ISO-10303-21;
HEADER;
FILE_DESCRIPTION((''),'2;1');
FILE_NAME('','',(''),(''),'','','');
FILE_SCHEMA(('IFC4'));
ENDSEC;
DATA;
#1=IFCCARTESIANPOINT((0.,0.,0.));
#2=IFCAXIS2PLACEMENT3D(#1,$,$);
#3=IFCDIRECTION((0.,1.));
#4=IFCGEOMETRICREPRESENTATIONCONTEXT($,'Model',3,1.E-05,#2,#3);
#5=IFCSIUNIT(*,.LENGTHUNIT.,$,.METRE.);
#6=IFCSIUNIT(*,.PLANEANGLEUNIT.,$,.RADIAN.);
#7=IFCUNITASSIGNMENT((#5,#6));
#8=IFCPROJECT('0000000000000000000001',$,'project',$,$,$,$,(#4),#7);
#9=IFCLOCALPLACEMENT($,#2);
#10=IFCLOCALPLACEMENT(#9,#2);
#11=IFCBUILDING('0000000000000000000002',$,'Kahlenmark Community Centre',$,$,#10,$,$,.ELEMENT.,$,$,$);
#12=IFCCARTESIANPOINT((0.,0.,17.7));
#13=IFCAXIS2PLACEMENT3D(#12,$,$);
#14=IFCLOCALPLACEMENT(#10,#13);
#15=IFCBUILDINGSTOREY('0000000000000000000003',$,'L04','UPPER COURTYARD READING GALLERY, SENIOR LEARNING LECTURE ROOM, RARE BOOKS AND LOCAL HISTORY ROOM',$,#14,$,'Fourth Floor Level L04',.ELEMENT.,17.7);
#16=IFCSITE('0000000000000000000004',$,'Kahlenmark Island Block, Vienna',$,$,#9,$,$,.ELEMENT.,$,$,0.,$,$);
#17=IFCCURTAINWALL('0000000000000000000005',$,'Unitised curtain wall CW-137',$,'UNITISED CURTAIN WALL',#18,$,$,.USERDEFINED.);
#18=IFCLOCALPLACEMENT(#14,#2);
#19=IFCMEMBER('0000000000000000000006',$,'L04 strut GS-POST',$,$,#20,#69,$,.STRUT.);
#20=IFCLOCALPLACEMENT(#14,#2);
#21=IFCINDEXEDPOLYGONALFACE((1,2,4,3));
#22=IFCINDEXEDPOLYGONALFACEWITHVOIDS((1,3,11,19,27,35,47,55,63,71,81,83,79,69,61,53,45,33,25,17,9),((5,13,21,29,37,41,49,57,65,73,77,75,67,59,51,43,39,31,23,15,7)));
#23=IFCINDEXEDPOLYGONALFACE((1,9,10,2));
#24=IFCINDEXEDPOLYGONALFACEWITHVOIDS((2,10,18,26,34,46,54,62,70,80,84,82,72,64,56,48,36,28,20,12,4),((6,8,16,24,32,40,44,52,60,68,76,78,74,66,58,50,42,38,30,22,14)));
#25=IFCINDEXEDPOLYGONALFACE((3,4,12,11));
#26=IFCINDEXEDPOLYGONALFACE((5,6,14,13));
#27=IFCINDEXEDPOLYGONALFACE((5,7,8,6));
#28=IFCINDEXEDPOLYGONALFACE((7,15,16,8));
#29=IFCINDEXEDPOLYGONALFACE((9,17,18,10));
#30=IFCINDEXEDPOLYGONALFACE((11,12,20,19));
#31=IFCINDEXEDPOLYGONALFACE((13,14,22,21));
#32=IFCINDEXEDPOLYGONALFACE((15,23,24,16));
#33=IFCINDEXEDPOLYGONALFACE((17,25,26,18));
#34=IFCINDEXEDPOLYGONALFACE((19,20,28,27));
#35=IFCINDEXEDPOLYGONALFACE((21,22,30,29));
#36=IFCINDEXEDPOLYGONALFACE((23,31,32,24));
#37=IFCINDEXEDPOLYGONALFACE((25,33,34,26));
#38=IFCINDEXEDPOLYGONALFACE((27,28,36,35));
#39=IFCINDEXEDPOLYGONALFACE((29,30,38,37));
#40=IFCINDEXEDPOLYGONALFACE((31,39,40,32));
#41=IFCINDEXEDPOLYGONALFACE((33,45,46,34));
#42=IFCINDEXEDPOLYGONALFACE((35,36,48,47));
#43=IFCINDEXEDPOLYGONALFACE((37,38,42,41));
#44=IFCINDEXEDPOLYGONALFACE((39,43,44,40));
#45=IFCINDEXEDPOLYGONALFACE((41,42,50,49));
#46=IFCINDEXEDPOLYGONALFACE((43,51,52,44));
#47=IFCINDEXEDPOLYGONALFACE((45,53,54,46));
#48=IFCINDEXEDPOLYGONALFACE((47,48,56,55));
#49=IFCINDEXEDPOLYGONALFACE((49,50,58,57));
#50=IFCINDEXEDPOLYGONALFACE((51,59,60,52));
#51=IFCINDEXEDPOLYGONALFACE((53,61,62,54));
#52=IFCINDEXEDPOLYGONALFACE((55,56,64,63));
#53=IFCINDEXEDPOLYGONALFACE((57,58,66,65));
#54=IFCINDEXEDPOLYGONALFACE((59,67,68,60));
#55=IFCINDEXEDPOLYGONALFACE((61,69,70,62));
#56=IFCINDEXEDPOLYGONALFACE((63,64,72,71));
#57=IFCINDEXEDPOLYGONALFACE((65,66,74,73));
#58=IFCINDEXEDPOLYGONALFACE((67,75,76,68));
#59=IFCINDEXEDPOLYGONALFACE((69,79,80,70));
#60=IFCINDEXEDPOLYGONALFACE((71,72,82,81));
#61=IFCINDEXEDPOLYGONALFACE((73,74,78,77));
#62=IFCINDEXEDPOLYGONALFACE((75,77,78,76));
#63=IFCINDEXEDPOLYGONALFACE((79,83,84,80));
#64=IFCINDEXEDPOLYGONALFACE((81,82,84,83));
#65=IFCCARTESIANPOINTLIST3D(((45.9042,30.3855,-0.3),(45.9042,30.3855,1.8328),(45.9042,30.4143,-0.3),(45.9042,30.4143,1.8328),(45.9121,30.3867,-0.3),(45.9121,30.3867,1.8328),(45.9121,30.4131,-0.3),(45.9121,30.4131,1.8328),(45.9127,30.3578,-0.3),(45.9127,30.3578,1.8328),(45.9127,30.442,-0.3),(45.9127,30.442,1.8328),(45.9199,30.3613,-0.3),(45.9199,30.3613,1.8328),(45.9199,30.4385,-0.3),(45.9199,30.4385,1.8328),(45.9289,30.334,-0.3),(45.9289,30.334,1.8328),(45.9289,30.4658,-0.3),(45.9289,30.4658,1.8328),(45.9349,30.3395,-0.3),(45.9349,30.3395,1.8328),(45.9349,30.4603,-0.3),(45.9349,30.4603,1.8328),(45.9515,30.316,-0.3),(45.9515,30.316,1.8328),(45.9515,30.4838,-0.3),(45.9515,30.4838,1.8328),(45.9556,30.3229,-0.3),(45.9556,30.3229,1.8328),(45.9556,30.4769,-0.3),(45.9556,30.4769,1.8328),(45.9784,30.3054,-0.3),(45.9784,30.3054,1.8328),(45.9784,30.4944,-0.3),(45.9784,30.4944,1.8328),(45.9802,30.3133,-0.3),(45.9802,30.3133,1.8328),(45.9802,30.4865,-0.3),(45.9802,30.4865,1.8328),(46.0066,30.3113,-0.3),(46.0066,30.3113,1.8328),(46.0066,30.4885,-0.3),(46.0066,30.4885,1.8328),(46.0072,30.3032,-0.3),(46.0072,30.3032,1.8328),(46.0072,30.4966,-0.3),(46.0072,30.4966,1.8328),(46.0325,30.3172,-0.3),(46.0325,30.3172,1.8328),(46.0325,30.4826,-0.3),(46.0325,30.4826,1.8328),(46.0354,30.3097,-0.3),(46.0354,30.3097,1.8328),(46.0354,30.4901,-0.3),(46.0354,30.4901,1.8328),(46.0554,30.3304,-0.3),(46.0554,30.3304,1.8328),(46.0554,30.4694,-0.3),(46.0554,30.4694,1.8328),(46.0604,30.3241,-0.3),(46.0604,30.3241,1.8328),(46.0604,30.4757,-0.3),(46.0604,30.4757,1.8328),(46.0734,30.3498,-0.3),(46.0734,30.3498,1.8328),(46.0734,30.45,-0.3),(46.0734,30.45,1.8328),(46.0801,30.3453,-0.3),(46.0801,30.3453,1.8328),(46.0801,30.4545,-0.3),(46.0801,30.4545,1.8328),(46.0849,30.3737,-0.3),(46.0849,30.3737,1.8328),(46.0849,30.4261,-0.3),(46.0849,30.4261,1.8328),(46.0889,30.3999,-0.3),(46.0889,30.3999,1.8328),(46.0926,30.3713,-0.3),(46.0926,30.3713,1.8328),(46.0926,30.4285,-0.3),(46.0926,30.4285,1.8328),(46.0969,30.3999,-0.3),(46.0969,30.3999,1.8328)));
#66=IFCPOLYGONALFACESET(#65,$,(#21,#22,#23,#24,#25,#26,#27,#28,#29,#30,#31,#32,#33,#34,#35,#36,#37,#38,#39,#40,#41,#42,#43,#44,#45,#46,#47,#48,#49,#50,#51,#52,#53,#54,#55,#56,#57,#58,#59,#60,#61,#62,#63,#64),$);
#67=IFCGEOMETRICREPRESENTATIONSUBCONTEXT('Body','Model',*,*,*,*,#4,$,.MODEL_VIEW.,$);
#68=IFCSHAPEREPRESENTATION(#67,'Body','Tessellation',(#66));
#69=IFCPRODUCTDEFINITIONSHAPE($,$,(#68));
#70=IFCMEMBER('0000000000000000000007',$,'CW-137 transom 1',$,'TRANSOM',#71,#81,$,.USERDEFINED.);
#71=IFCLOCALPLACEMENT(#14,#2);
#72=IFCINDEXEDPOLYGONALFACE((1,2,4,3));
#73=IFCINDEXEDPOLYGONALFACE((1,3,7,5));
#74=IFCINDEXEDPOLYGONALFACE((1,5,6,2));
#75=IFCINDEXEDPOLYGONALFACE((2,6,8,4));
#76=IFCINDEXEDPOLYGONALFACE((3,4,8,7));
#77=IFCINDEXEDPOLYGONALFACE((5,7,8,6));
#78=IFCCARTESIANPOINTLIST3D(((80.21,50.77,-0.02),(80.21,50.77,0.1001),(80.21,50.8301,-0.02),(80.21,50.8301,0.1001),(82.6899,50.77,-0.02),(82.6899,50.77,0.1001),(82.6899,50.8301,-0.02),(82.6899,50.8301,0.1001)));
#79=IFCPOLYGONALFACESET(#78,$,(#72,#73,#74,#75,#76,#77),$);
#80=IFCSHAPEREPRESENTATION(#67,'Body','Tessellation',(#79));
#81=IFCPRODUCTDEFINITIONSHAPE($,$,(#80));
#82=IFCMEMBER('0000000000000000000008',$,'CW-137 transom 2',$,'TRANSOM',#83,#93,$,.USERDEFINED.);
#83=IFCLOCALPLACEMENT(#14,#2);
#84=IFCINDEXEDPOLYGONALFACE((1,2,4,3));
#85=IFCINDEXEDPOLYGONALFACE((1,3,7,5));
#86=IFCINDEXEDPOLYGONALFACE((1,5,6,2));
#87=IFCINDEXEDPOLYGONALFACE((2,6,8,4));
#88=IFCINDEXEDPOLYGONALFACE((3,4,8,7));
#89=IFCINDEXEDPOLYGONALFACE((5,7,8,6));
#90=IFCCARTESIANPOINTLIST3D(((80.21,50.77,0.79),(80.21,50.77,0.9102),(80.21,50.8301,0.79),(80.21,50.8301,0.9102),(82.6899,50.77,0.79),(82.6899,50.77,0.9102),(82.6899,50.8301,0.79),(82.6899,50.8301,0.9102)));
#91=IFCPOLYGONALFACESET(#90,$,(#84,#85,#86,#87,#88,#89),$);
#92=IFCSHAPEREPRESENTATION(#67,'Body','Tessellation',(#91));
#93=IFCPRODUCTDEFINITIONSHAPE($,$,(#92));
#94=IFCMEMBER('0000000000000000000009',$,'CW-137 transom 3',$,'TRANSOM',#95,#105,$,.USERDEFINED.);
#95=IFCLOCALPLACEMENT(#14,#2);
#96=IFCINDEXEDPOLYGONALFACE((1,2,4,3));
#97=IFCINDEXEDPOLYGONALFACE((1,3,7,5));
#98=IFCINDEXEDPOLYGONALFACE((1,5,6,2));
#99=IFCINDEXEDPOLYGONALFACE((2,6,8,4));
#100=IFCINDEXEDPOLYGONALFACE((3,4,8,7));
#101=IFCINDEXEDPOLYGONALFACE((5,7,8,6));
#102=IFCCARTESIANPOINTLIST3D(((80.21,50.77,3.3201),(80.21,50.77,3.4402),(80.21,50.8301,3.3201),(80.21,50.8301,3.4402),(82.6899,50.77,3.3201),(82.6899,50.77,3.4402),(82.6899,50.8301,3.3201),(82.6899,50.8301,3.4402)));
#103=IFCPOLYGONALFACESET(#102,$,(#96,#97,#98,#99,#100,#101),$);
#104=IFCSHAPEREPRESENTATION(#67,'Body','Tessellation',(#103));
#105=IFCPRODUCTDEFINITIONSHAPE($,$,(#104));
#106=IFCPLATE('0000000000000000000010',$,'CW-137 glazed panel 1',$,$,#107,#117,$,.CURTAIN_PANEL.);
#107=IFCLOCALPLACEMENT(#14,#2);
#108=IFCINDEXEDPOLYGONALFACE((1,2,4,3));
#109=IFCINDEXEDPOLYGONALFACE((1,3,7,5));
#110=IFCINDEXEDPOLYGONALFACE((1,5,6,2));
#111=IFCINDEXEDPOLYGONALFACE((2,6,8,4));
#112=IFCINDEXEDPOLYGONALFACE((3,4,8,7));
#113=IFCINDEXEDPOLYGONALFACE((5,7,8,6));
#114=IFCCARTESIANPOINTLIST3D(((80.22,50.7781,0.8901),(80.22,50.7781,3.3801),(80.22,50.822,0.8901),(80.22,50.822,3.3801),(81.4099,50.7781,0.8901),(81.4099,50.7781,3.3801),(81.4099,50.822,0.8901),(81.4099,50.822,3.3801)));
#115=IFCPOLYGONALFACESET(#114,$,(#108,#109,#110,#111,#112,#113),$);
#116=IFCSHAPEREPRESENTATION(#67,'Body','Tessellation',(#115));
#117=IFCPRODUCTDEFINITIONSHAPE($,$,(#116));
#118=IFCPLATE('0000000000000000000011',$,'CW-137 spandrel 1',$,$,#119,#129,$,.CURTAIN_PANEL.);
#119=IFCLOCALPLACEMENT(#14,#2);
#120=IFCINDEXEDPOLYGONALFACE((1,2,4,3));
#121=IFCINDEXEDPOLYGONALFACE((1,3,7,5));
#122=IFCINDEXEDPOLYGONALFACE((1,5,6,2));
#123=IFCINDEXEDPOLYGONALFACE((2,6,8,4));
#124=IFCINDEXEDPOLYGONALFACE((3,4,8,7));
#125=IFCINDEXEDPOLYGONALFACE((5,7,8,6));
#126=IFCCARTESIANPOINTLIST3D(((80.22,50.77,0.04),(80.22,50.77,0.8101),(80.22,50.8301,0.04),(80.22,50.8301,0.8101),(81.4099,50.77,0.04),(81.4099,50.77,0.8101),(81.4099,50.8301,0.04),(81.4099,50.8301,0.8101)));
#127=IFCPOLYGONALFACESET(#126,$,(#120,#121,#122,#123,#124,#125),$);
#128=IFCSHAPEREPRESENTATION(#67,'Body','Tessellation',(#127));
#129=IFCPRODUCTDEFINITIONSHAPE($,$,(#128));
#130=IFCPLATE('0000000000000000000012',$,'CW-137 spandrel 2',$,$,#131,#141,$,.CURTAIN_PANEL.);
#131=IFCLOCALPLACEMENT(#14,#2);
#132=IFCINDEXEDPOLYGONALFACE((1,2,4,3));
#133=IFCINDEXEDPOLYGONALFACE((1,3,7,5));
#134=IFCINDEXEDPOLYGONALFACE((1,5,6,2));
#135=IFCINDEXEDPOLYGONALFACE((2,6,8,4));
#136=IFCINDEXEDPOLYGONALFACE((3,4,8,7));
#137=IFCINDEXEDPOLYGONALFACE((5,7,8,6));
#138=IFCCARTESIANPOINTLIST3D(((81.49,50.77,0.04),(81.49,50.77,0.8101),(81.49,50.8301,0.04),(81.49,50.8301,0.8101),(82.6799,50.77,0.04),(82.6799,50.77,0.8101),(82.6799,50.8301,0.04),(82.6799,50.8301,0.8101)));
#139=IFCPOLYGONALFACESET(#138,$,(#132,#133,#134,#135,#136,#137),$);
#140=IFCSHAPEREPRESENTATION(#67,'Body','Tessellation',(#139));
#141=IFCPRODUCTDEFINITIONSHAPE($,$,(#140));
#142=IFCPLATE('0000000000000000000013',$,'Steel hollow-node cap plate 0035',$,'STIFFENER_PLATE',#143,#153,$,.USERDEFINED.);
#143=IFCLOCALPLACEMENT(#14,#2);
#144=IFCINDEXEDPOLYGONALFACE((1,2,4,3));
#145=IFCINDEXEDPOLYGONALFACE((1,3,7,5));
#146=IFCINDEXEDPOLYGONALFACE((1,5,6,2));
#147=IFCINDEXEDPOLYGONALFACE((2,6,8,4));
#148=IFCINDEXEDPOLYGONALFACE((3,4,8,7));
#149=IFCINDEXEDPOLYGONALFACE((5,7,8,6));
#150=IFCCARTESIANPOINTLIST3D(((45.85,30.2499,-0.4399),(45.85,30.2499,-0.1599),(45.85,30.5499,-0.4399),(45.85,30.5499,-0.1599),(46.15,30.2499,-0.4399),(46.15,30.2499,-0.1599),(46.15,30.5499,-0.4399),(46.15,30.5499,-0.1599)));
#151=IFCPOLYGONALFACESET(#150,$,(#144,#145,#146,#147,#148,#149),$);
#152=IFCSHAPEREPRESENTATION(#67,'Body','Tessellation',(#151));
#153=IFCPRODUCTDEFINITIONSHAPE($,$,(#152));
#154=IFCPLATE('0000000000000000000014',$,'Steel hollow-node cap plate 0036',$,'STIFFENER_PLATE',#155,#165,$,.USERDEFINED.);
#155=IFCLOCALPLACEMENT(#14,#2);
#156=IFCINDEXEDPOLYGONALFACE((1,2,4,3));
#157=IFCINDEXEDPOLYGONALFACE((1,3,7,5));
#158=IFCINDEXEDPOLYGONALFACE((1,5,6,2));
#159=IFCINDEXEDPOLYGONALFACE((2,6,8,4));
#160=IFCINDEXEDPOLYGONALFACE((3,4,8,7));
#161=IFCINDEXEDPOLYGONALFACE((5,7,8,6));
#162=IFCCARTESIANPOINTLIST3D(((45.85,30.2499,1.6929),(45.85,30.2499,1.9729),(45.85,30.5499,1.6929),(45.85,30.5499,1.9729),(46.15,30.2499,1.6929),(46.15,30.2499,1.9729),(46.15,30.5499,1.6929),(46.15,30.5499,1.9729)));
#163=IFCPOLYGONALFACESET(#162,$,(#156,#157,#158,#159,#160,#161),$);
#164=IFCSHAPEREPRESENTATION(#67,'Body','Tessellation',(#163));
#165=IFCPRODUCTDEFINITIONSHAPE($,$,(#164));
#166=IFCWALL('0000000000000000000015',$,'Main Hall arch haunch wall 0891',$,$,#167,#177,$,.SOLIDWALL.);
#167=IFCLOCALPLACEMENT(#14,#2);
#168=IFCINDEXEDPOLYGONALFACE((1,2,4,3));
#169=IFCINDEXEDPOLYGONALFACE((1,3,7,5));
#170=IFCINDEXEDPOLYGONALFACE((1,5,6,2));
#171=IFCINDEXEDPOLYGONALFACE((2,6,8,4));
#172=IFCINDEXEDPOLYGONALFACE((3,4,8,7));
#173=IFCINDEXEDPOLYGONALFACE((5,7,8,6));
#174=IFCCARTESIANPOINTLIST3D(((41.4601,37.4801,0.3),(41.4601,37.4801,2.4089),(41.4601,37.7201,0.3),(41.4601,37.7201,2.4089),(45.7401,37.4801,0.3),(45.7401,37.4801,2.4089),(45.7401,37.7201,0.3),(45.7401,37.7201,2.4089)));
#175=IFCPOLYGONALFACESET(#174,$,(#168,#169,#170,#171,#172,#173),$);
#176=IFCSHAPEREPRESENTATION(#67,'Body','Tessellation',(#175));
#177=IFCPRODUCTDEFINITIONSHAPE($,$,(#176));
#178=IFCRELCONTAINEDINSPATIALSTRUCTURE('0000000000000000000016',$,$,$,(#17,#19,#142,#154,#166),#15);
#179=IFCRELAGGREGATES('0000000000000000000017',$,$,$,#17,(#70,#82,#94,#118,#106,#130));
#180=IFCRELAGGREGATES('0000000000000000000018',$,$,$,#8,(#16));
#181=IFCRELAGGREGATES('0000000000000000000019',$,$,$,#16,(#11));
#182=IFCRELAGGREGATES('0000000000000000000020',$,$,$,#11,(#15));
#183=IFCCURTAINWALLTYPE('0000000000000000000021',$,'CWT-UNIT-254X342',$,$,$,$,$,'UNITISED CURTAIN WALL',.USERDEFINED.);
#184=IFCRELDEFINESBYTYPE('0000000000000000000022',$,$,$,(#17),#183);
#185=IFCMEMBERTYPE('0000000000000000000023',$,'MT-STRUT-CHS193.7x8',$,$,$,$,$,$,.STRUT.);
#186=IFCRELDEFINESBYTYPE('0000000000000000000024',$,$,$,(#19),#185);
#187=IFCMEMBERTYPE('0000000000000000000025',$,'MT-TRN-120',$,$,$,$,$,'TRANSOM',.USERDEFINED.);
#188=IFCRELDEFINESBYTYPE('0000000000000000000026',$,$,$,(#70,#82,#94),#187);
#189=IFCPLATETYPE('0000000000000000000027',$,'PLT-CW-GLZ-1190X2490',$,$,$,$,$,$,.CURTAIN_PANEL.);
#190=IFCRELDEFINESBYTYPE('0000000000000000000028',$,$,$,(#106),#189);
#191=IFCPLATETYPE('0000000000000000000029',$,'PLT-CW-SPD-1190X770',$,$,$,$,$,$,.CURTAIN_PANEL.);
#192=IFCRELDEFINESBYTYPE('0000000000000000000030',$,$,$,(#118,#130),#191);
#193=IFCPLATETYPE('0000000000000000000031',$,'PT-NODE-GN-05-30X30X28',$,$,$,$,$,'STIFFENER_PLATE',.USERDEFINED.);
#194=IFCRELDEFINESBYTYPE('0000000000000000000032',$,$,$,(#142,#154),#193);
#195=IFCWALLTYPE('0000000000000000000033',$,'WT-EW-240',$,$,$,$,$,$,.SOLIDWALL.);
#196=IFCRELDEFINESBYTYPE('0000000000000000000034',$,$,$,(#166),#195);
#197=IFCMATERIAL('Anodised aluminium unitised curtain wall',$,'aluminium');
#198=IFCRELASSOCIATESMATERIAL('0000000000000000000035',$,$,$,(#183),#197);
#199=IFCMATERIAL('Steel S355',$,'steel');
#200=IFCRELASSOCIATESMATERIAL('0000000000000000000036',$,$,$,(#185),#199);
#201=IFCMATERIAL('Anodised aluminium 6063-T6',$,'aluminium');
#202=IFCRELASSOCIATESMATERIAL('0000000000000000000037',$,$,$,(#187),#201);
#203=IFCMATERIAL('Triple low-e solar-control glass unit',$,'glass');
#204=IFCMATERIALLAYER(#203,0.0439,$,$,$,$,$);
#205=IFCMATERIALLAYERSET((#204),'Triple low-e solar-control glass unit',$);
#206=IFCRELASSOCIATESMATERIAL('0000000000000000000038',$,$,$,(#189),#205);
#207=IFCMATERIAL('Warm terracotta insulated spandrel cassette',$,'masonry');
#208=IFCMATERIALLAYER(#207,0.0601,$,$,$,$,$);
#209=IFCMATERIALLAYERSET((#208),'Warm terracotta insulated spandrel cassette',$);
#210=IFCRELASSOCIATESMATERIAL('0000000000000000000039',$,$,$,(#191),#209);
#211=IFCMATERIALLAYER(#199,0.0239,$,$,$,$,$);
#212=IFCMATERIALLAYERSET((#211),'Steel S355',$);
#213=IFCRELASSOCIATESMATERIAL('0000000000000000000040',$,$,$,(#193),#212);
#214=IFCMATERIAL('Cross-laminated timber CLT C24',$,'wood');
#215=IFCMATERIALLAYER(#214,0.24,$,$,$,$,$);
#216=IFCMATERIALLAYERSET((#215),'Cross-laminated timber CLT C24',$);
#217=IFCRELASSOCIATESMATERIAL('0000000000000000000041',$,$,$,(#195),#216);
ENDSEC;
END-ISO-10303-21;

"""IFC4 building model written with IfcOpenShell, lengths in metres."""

from ifc_helpers import new_model, si_unit, direction, frame, frame_2d, origin, origin_2d, place, context, subcontext, project, spatial, rectangle, hollow_circle, extrude, material, layer, layer_set, material_profile, profile_set, type_object, element, aggregate, save


model = new_model("IFC4")

# Units and contexts
model_context = context("Model", 3, precision=1e-05, world=origin(), true_north=direction((0.0, 1.0)))
body_context = subcontext(model_context, "Body", "Model", "MODEL_VIEW")
ifc_project = project(units=[si_unit("LENGTHUNIT", "METRE"), si_unit("PLANEANGLEUNIT", "RADIAN")], contexts=[model_context])

# Site, building, storey
site_placement = place(None, origin())
site = spatial("IfcSite", under=ifc_project, at=site_placement, Name="Kahlenmark Island Block, Vienna", CompositionType="ELEMENT", RefElevation=0.0)
building_placement = place(site_placement, origin())
building = spatial("IfcBuilding", under=site, at=building_placement, Name="Kahlenmark Community Centre", CompositionType="ELEMENT")
storey_placement = place(building_placement, frame((0.0, 0.0, 17.7)))
storey = spatial("IfcBuildingStorey", under=building, at=storey_placement, Name="L04", Description="UPPER COURTYARD READING GALLERY, SENIOR LEARNING LECTURE ROOM, RARE BOOKS AND LOCAL HISTORY ROOM", LongName="Fourth Floor Level L04", CompositionType="ELEMENT", Elevation=17.7)

# Shared definitions
ifc_material_1 = material(Name="Steel S355", Category="steel")

# Curtain wall
ifc_material_2 = material(Name="Anodised aluminium unitised curtain wall", Category="aluminium")
curtain_wall_type = type_object("IfcCurtainWallType", Name="CWT-UNIT-254X342", ElementType="UNITISED CURTAIN WALL", PredefinedType="USERDEFINED", material=ifc_material_2)
curtain_wall_placement = place(storey_placement, origin())
curtain_wall = element("IfcCurtainWall", 1, at=curtain_wall_placement, inside=storey, type_object=curtain_wall_type, Name="Unitised curtain wall CW-137", ObjectType="UNITISED CURTAIN WALL", PredefinedType="USERDEFINED")
ifc_material_3 = material(Name="Anodised aluminium 6063-T6", Category="aluminium")

# Members
ifc_material_profile_1 = material_profile(ifc_material_1, hollow_circle(Radius=0.0969, WallThickness=0.0081, at=origin_2d()), Name="CHS 193.7x8")
ifc_profile_set_1 = profile_set([ifc_material_profile_1], Name="Steel S355")
member_type_1 = type_object("IfcMemberType", Name="MT-STRUT-CHS193.7x8", PredefinedType="STRUT", material=ifc_profile_set_1)
member_1_placement = place(storey_placement, frame((46.0, 30.3999, -0.3), z_axis=(0.0, 0.0, 1.0), x_axis=(1.0, 0.0, 0.0)))
element("IfcMember", 2, at=member_1_placement, inside=storey, type_object=member_type_1, Name="L04 strut GS-POST", PredefinedType="STRUT", context=body_context, shape_type="SweptSolid", body=[
    extrude(hollow_circle(Radius=0.0969, WallThickness=0.0081, at=origin_2d()), origin(), (0.0, 0.0, 1.0), 2.1328),
])
ifc_material_profile_2 = material_profile(ifc_material_3, rectangle(XDim=0.0601, YDim=0.1201, at=origin_2d()), Name="ALU TRANSOM 60x120")
ifc_profile_set_2 = profile_set([ifc_material_profile_2], Name="Anodised aluminium 6063-T6")
member_type_2 = type_object("IfcMemberType", Name="MT-TRN-120", ElementType="TRANSOM", PredefinedType="USERDEFINED", material=ifc_profile_set_2)
member_2_placement = place(storey_placement, frame((80.21, 50.8, 0.04), z_axis=(1.0, 0.0, 0.0), x_axis=(0.0, 1.0, 0.0)))
member_2 = element("IfcMember", 3, at=member_2_placement, type_object=member_type_2, Name="CW-137 transom 1", ObjectType="TRANSOM", PredefinedType="USERDEFINED", context=body_context, shape_type="SweptSolid", body=[
    extrude(rectangle(XDim=0.0601, YDim=0.1201, at=origin_2d()), origin(), (0.0, 0.0, 1.0), 2.48),
])
member_3_placement = place(storey_placement, frame((80.21, 50.8, 0.8501), z_axis=(1.0, 0.0, 0.0), x_axis=(0.0, 1.0, 0.0)))
member_3 = element("IfcMember", 4, at=member_3_placement, type_object=member_type_2, Name="CW-137 transom 2", ObjectType="TRANSOM", PredefinedType="USERDEFINED", context=body_context, shape_type="SweptSolid", body=[
    extrude(rectangle(XDim=0.0601, YDim=0.1201, at=origin_2d()), origin(), (0.0, 0.0, 1.0), 2.48),
])
member_4_placement = place(storey_placement, frame((80.21, 50.8, 3.3801), z_axis=(1.0, 0.0, 0.0), x_axis=(0.0, 1.0, 0.0)))
member_4 = element("IfcMember", 5, at=member_4_placement, type_object=member_type_2, Name="CW-137 transom 3", ObjectType="TRANSOM", PredefinedType="USERDEFINED", context=body_context, shape_type="SweptSolid", body=[
    extrude(rectangle(XDim=0.0601, YDim=0.1201, at=origin_2d()), origin(), (0.0, 0.0, 1.0), 2.48),
])

# Plates
ifc_material_4 = material(Name="Triple low-e solar-control glass unit", Category="glass")
ifc_layer_1 = layer(ifc_material_4, 0.0439)
ifc_layer_set_1 = layer_set([ifc_layer_1], Name="Triple low-e solar-control glass unit")
plate_type_1 = type_object("IfcPlateType", Name="PLT-CW-GLZ-1190X2490", PredefinedType="CURTAIN_PANEL", material=ifc_layer_set_1)
plate_1_placement = place(storey_placement, frame((80.8149, 50.8, 0.8901), z_axis=(0.0, 0.0, 1.0), x_axis=(1.0, 0.0, 0.0)))
plate_1 = element("IfcPlate", 6, at=plate_1_placement, type_object=plate_type_1, Name="CW-137 glazed panel 1", PredefinedType="CURTAIN_PANEL", context=body_context, shape_type="SweptSolid", body=[
    extrude(rectangle(XDim=1.1899, YDim=0.0439, at=origin_2d()), origin(), (0.0, 0.0, 1.0), 2.49),
])
ifc_material_5 = material(Name="Warm terracotta insulated spandrel cassette", Category="masonry")
ifc_layer_2 = layer(ifc_material_5, 0.0601)
ifc_layer_set_2 = layer_set([ifc_layer_2], Name="Warm terracotta insulated spandrel cassette")
plate_type_2 = type_object("IfcPlateType", Name="PLT-CW-SPD-1190X770", PredefinedType="CURTAIN_PANEL", material=ifc_layer_set_2)
plate_2_placement = place(storey_placement, frame((80.8149, 50.8, 0.04), z_axis=(0.0, 0.0, 1.0), x_axis=(1.0, 0.0, 0.0)))
plate_2 = element("IfcPlate", 7, at=plate_2_placement, type_object=plate_type_2, Name="CW-137 spandrel 1", PredefinedType="CURTAIN_PANEL", context=body_context, shape_type="SweptSolid", body=[
    extrude(rectangle(XDim=1.1899, YDim=0.0601, at=origin_2d()), origin(), (0.0, 0.0, 1.0), 0.77),
])
plate_3_placement = place(storey_placement, frame((82.085, 50.8, 0.04), z_axis=(0.0, 0.0, 1.0), x_axis=(1.0, 0.0, 0.0)))
plate_3 = element("IfcPlate", 8, at=plate_3_placement, type_object=plate_type_2, Name="CW-137 spandrel 2", PredefinedType="CURTAIN_PANEL", context=body_context, shape_type="SweptSolid", body=[
    extrude(rectangle(XDim=1.1899, YDim=0.0601, at=origin_2d()), origin(), (0.0, 0.0, 1.0), 0.77),
])
aggregate(curtain_wall, [member_2, member_3, member_4, plate_2, plate_1, plate_3])

# Plates
ifc_layer_3 = layer(ifc_material_1, 0.0239)
ifc_layer_set_3 = layer_set([ifc_layer_3], Name="Steel S355")
plate_type_3 = type_object("IfcPlateType", Name="PT-NODE-GN-05-30X30X28", ElementType="STIFFENER_PLATE", PredefinedType="USERDEFINED", material=ifc_layer_set_3)
for number, where, z_axis, x_axis, name in (
    (9, (46.0, 30.3999, -0.4399), (0.0, 0.0, 1.0), (1.0, 0.0, 0.0), "Steel hollow-node cap plate 0035"),
    (10, (46.0, 30.3999, 1.6929), (0.0, 0.0, 1.0), (1.0, 0.0, 0.0), "Steel hollow-node cap plate 0036"),
):
    element("IfcPlate", number, at=place(storey_placement, frame(where, z_axis=z_axis, x_axis=x_axis)), inside=storey, type_object=plate_type_3, Name=name, ObjectType="STIFFENER_PLATE", PredefinedType="USERDEFINED", context=body_context, shape_type="SweptSolid", body=[
        extrude(rectangle(XDim=0.3, YDim=0.3, at=origin_2d()), origin(), (0.0, 0.0, 1.0), 0.28),
    ])

# Wall
ifc_material_6 = material(Name="Cross-laminated timber CLT C24", Category="wood")
ifc_layer_4 = layer(ifc_material_6, 0.24)
ifc_layer_set_4 = layer_set([ifc_layer_4], Name="Cross-laminated timber CLT C24")
wall_type_1 = type_object("IfcWallType", Name="WT-EW-240", PredefinedType="SOLIDWALL", material=ifc_layer_set_4)
wall_1_placement = place(storey_placement, frame((41.46, 37.6001, 0.3), z_axis=(0.0, 0.0, 1.0), x_axis=(1.0, 0.0, 0.0)))
element("IfcWall", 11, at=wall_1_placement, inside=storey, type_object=wall_type_1, Name="Main Hall arch haunch wall 0891", PredefinedType="SOLIDWALL", context=body_context, shape_type="SweptSolid", body=[
    extrude(rectangle(XDim=4.28, YDim=0.24, at=frame_2d((2.1401, 0.0))), origin(), (0.0, 0.0, 1.0), 2.1089),
])

save(model, "model.ifc")
